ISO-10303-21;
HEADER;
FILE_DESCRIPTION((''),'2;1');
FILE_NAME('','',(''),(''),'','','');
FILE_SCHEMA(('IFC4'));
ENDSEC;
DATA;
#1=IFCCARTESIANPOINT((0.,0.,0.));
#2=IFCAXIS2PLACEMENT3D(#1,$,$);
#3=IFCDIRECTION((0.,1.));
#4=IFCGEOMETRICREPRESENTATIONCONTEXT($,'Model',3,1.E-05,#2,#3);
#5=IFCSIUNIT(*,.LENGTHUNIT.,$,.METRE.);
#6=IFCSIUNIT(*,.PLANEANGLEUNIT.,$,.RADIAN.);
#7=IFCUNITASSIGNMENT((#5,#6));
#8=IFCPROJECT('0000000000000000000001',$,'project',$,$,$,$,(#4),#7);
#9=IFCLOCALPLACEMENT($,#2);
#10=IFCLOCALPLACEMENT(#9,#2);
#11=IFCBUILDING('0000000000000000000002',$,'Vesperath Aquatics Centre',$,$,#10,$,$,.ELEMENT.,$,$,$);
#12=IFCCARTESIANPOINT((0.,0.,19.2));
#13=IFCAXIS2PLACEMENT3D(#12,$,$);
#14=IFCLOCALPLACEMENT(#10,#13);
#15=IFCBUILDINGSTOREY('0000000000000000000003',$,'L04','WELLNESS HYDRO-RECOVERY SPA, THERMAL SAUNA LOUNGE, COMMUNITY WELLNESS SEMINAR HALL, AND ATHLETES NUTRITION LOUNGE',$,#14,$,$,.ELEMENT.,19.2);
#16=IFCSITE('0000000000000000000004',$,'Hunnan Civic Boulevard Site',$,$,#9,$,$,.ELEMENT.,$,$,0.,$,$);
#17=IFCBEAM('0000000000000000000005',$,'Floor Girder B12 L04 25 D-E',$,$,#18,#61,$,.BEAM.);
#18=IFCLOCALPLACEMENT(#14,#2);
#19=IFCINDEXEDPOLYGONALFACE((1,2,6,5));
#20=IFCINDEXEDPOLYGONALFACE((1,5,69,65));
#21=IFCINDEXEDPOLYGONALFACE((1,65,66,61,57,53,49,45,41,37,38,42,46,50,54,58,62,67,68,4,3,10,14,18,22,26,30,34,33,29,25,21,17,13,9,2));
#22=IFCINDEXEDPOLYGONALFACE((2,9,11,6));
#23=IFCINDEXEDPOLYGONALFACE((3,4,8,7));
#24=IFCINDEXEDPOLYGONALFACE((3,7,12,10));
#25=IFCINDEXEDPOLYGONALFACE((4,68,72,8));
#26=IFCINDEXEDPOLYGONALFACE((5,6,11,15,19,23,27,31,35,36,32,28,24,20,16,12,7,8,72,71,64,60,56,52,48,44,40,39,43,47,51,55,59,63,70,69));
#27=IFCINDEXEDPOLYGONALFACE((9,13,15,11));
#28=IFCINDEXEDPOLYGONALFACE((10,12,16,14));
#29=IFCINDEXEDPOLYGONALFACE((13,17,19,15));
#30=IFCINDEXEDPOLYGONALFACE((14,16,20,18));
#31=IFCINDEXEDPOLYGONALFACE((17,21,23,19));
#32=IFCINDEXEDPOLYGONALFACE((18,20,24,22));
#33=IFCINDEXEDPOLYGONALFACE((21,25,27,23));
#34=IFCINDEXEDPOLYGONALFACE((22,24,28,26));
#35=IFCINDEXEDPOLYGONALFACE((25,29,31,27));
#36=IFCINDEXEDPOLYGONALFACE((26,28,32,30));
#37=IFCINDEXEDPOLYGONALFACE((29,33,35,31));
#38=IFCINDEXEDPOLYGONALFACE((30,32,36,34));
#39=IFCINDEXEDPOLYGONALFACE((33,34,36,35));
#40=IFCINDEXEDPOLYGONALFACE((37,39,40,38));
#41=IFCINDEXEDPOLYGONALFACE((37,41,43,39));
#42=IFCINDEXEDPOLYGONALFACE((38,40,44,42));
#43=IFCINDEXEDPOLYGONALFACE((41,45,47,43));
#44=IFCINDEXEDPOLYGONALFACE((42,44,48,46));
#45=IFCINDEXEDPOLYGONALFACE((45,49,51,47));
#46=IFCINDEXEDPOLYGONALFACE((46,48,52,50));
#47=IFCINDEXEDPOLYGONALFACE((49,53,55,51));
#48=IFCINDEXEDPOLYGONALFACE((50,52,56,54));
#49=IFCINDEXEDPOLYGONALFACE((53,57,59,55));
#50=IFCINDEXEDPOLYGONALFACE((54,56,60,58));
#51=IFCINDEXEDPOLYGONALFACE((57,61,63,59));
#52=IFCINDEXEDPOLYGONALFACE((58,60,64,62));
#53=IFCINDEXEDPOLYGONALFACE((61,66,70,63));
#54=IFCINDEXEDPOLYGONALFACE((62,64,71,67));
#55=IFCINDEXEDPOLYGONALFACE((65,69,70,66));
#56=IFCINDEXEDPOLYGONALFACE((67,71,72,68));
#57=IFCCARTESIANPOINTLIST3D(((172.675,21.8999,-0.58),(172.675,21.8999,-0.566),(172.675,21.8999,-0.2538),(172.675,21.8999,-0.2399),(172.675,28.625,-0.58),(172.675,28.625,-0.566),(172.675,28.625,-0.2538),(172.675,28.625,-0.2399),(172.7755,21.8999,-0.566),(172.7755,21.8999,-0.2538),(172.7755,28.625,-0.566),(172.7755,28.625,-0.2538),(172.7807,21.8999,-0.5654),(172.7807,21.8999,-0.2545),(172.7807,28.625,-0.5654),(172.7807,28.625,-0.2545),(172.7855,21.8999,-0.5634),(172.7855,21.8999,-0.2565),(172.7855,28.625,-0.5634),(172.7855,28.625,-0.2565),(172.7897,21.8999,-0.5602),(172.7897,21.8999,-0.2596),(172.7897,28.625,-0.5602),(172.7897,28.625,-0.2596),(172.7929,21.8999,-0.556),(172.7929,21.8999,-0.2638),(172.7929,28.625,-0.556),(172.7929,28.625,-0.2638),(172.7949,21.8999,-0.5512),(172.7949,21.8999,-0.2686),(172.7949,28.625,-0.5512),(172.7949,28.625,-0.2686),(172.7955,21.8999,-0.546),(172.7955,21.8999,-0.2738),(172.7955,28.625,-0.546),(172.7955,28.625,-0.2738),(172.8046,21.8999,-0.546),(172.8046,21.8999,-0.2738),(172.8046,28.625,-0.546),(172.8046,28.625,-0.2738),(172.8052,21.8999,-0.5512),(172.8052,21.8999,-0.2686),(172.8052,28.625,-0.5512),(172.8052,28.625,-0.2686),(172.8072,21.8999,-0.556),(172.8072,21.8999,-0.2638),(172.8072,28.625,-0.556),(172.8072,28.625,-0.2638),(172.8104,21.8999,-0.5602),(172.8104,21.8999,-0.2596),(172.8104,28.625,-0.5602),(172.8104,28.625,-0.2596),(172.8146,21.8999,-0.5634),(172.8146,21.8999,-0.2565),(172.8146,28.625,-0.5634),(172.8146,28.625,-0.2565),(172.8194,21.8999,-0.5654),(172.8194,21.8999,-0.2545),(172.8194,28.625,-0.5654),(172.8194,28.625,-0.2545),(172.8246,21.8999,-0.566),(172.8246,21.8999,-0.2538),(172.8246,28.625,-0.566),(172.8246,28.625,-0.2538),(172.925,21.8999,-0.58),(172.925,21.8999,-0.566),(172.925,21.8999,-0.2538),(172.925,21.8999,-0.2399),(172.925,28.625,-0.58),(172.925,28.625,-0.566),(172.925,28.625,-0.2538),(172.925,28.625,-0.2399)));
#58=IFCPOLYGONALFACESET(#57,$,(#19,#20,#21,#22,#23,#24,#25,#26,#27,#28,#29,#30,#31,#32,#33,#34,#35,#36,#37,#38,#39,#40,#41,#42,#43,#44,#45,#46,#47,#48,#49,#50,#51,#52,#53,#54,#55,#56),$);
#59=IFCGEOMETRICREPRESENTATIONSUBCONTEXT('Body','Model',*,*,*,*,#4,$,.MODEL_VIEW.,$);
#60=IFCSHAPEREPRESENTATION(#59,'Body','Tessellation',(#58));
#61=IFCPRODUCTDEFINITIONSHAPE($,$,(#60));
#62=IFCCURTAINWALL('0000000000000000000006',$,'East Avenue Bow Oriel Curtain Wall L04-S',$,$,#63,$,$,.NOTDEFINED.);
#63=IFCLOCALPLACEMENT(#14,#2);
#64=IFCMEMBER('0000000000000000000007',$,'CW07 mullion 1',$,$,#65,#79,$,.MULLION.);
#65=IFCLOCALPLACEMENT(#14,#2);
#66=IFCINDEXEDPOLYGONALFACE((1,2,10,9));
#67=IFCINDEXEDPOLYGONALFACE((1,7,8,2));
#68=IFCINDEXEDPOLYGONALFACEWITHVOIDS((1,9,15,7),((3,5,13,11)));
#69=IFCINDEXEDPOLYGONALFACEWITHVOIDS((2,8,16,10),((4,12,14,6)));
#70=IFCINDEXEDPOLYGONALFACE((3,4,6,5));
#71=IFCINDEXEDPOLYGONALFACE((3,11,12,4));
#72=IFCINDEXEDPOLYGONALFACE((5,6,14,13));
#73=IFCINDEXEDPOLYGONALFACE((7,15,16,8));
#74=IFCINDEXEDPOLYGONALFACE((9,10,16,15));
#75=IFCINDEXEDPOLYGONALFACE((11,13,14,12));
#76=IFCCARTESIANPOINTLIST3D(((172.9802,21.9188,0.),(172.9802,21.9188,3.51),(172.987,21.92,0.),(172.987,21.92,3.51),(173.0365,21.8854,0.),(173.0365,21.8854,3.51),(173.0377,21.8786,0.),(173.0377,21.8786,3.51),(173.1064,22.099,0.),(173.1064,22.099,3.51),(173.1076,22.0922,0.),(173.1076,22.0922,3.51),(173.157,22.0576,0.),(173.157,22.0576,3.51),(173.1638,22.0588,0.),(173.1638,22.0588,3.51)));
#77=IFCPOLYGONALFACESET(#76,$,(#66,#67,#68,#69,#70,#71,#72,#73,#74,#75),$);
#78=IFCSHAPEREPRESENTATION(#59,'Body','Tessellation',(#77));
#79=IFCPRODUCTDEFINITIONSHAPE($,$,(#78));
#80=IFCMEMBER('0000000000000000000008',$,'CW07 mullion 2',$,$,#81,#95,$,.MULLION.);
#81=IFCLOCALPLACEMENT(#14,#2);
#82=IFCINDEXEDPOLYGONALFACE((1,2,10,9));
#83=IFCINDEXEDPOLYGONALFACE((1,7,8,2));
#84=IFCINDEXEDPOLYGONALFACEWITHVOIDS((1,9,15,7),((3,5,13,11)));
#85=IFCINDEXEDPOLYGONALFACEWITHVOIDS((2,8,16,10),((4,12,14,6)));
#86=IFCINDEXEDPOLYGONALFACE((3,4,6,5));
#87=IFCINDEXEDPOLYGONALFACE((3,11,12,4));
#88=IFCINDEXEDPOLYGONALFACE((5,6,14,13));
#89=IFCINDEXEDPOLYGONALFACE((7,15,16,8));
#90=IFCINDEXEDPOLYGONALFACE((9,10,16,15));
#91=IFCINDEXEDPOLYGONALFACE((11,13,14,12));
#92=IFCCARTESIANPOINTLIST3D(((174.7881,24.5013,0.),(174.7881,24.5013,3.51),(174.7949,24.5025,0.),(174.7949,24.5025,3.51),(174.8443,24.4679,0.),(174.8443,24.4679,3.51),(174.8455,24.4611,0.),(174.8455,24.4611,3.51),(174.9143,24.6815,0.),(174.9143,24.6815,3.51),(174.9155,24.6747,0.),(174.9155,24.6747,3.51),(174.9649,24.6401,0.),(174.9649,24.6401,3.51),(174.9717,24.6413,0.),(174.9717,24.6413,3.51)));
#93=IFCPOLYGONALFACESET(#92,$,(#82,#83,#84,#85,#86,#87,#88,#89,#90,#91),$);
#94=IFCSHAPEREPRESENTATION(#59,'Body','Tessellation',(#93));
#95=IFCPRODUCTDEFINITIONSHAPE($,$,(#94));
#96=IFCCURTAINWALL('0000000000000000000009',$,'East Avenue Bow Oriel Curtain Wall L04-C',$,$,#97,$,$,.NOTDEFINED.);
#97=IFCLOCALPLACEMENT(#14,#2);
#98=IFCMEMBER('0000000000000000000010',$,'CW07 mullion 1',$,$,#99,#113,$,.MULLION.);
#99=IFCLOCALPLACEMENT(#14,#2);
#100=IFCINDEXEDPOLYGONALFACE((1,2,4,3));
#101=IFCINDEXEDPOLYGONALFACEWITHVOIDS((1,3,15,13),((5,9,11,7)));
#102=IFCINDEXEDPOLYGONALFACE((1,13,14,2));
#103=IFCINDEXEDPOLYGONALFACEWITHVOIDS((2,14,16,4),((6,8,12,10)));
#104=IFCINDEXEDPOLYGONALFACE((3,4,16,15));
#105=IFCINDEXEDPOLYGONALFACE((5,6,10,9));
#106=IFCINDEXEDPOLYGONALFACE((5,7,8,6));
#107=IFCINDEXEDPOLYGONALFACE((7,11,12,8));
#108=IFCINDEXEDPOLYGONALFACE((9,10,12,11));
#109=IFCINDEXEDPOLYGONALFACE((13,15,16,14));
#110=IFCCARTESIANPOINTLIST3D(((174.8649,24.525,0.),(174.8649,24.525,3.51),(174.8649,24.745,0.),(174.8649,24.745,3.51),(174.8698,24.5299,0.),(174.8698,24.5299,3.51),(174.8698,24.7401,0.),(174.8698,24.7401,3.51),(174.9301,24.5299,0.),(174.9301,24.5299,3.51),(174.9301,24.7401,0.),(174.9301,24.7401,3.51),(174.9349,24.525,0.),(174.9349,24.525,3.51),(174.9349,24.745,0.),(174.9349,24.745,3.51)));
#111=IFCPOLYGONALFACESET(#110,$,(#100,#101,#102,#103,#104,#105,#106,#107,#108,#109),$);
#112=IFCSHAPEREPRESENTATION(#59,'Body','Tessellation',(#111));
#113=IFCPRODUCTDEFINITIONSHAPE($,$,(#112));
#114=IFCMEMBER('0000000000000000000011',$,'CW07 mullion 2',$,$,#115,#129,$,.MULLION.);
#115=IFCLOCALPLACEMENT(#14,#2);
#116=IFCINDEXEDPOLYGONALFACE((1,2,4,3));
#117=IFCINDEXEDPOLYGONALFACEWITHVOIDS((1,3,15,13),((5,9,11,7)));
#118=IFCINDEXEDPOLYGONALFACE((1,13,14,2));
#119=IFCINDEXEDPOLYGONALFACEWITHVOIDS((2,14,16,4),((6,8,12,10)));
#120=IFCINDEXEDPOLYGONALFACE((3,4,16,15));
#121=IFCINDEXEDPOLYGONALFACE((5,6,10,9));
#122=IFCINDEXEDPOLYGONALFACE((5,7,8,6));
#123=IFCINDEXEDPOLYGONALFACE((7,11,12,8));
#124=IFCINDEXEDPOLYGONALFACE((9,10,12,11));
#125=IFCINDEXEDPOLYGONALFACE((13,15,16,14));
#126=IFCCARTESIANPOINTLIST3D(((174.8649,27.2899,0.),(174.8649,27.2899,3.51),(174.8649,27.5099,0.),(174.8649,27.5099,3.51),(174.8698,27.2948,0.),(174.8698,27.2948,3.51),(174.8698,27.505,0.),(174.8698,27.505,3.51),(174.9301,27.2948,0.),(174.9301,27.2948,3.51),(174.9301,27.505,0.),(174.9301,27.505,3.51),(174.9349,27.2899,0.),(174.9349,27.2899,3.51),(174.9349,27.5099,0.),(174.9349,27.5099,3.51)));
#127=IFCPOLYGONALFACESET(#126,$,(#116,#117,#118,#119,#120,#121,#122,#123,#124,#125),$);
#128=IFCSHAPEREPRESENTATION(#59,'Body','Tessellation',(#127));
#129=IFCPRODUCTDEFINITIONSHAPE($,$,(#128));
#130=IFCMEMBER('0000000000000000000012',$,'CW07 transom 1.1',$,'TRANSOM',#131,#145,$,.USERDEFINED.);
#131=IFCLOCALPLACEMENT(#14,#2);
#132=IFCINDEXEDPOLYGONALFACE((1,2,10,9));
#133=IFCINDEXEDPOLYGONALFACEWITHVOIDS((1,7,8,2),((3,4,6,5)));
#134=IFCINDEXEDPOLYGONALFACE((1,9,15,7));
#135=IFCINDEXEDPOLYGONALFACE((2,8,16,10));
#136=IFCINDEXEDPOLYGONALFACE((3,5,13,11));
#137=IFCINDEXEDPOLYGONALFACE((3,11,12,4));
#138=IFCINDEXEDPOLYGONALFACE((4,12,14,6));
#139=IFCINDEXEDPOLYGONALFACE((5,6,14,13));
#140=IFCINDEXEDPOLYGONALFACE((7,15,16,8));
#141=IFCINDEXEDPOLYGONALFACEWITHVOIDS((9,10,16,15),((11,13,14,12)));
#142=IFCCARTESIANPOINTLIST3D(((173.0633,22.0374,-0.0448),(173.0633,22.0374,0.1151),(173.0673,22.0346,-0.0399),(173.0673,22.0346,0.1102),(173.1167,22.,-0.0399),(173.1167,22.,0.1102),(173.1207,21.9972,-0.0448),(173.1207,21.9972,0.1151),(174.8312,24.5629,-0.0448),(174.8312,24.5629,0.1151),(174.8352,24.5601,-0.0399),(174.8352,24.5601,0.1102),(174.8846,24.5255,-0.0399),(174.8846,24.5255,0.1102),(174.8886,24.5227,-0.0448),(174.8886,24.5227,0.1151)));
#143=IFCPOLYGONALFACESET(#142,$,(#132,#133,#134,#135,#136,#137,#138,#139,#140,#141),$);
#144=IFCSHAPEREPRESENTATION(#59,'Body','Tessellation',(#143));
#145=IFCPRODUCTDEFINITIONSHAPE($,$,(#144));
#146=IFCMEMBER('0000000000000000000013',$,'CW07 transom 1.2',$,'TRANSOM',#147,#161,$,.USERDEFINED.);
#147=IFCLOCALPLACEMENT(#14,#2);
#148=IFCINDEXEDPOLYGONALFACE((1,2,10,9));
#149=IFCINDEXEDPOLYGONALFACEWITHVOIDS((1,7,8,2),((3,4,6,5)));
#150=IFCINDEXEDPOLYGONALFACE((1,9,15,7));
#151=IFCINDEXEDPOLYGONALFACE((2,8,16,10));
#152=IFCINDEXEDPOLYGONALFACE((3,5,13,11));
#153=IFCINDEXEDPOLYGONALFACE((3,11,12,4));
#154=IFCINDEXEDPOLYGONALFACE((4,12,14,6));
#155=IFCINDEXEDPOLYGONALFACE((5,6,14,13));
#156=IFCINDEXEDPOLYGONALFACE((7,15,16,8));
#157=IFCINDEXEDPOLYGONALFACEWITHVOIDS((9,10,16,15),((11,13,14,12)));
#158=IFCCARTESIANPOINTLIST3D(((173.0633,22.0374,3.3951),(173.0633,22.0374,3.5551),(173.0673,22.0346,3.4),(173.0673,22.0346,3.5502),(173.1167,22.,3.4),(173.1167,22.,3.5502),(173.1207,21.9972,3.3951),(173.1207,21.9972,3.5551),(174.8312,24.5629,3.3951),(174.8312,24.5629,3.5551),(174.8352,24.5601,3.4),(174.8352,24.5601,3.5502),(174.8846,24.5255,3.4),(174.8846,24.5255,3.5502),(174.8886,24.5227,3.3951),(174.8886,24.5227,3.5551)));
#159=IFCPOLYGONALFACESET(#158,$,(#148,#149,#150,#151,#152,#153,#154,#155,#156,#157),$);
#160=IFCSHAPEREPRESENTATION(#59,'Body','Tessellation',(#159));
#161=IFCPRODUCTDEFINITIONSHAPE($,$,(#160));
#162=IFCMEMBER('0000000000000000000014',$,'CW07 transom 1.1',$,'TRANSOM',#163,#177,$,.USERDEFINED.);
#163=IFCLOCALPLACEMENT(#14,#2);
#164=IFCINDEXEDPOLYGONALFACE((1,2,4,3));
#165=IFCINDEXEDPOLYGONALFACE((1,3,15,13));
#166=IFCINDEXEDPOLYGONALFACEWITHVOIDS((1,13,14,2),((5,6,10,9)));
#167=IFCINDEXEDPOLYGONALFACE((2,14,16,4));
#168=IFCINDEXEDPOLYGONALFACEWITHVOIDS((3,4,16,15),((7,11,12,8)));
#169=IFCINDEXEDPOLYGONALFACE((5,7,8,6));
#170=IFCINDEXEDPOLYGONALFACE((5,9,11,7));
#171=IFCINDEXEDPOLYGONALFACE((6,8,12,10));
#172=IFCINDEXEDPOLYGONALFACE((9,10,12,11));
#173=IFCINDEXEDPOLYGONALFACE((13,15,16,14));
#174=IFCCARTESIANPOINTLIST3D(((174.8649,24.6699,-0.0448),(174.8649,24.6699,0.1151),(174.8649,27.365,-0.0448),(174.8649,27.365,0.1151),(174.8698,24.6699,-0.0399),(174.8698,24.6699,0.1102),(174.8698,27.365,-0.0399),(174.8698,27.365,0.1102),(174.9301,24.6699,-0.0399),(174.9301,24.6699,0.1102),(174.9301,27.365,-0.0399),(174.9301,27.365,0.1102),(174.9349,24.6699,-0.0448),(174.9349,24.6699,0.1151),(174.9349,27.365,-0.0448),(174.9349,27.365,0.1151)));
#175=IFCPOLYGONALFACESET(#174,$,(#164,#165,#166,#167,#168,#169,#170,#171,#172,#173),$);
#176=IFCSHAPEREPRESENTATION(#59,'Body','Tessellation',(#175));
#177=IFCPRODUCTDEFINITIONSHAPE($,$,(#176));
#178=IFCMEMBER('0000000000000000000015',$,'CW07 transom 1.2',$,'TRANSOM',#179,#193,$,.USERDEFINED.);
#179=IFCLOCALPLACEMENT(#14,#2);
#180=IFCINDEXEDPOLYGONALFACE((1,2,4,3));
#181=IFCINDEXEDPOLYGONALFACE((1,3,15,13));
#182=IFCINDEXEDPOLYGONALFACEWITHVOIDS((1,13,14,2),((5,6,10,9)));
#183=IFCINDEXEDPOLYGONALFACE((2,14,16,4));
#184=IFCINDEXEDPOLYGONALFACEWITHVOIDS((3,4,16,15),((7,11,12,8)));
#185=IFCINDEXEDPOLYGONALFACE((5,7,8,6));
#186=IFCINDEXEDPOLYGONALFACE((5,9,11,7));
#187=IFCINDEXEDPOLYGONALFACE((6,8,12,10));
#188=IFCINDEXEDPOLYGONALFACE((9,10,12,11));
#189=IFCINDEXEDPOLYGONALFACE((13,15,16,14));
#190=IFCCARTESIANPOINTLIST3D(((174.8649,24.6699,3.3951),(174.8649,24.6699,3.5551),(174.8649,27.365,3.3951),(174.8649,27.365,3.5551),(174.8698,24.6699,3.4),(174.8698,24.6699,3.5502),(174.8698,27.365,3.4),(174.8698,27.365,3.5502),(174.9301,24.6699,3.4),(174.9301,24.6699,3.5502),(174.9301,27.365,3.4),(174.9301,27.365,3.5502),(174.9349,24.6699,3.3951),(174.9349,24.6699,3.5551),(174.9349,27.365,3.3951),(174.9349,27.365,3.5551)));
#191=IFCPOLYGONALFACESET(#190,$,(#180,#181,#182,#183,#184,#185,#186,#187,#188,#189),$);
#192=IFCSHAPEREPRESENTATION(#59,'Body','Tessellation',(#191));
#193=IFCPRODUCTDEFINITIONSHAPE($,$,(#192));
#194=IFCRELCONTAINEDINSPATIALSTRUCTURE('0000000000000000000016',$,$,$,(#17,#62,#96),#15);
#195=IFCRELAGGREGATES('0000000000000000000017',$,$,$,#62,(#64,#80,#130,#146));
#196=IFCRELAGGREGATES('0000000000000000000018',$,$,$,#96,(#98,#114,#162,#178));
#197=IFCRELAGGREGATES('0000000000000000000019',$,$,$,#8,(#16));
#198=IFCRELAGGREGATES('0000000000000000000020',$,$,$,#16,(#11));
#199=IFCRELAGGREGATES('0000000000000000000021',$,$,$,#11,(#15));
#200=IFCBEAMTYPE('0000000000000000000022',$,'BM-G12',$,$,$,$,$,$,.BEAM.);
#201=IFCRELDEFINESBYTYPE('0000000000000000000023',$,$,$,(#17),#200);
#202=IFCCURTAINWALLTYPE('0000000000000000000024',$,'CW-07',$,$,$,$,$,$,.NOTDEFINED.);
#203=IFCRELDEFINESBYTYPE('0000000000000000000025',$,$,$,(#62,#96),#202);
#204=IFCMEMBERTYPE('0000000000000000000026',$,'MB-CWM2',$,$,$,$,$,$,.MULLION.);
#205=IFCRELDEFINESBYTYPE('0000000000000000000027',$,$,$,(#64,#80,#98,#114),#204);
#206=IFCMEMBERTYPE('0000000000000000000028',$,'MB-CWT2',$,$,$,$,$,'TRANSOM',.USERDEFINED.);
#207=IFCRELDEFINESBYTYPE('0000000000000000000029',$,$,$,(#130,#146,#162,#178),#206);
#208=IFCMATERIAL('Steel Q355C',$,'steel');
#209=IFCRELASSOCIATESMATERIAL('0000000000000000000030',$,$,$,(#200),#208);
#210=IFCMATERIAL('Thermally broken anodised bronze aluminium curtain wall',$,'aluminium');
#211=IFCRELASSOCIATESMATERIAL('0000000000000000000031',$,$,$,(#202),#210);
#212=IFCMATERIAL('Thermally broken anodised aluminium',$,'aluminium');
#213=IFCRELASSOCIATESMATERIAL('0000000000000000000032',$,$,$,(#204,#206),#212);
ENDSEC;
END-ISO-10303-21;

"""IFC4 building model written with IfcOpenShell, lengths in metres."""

from ifc_helpers import new_model, si_unit, direction, frame, origin, origin_2d, place, context, subcontext, project, spatial, hollow_rectangle, i_section, extrude, material, material_profile, profile_set, type_object, element, aggregate, save


model = new_model("IFC4")

# Units and contexts
model_context = context("Model", 3, precision=1e-05, world=origin(), true_north=direction((0.0, 1.0)))
body_context = subcontext(model_context, "Body", "Model", "MODEL_VIEW")
ifc_project = project(units=[si_unit("LENGTHUNIT", "METRE"), si_unit("PLANEANGLEUNIT", "RADIAN")], contexts=[model_context])

# Site, building, storey
site_placement = place(None, origin())
site = spatial("IfcSite", under=ifc_project, at=site_placement, Name="Hunnan Civic Boulevard Site", CompositionType="ELEMENT", RefElevation=0.0)
building_placement = place(site_placement, origin())
building = spatial("IfcBuilding", under=site, at=building_placement, Name="Vesperath Aquatics Centre", CompositionType="ELEMENT")
storey_placement = place(building_placement, frame((0.0, 0.0, 19.2)))
storey = spatial("IfcBuildingStorey", under=building, at=storey_placement, Name="L04", Description="WELLNESS HYDRO-RECOVERY SPA, THERMAL SAUNA LOUNGE, COMMUNITY WELLNESS SEMINAR HALL, AND ATHLETES NUTRITION LOUNGE", CompositionType="ELEMENT", Elevation=19.2)

# Shared definitions
ifc_material_1 = material(Name="Steel Q355C", Category="steel")

# Beam
ifc_material_profile_1 = material_profile(ifc_material_1, i_section(OverallWidth=0.25, OverallDepth=0.3401, WebThickness=0.009, FlangeThickness=0.0139, FilletRadius=0.02, at=origin_2d()), Name="HM 340x250x9x14")
ifc_profile_set_1 = profile_set([ifc_material_profile_1], Name="Steel Q355C")
beam_type_1 = type_object("IfcBeamType", Name="BM-G12", PredefinedType="BEAM", material=ifc_profile_set_1)
beam_1_placement = place(storey_placement, frame((172.8, 21.8999, -0.4099), z_axis=(0.0, 1.0, 0.0), x_axis=(-1.0, 0.0, 0.0)))
element("IfcBeam", 1, at=beam_1_placement, inside=storey, type_object=beam_type_1, Name="Floor Girder B12 L04 25 D-E", PredefinedType="BEAM", context=body_context, shape_type="SweptSolid", body=[
    extrude(i_section(OverallWidth=0.25, OverallDepth=0.3401, WebThickness=0.009, FlangeThickness=0.0139, FilletRadius=0.02, at=origin_2d()), origin(), (0.0, 0.0, 1.0), 6.7251),
])

# Curtain walls, members
ifc_material_2 = material(Name="Thermally broken anodised bronze aluminium curtain wall", Category="aluminium")
curtain_wall_type = type_object("IfcCurtainWallType", Name="CW-07", PredefinedType="NOTDEFINED", material=ifc_material_2)
curtain_wall_1_placement = place(storey_placement, origin())
curtain_wall_1 = element("IfcCurtainWall", 2, at=curtain_wall_1_placement, inside=storey, type_object=curtain_wall_type, Name="East Avenue Bow Oriel Curtain Wall L04-S", PredefinedType="NOTDEFINED")
ifc_material_3 = material(Name="Thermally broken anodised aluminium", Category="aluminium")
ifc_material_profile_2 = material_profile(ifc_material_3, hollow_rectangle(XDim=0.0701, YDim=0.22, WallThickness=0.0049, at=origin_2d()), Name="CWM 70x220x5")
ifc_profile_set_2 = profile_set([ifc_material_profile_2], Name="Thermally broken anodised aluminium")
member_type_1 = type_object("IfcMemberType", Name="MB-CWM2", PredefinedType="MULLION", material=ifc_profile_set_2)
member_1_placement = place(storey_placement, frame((173.072, 21.9888, 0.0), z_axis=(0.0, 0.0, 1.0), x_axis=(-0.819232, 0.573462, 0.0)))
member_1 = element("IfcMember", 3, at=member_1_placement, type_object=member_type_1, Name="CW07 mullion 1", PredefinedType="MULLION", context=body_context, shape_type="SweptSolid", body=[
    extrude(hollow_rectangle(XDim=0.0701, YDim=0.22, WallThickness=0.0049, at=origin_2d()), origin(), (0.0, 0.0, 1.0), 3.51),
])
member_2_placement = place(storey_placement, frame((174.8799, 24.5713, 0.0), z_axis=(0.0, 0.0, 1.0), x_axis=(-0.819232, 0.573462, 0.0)))
member_2 = element("IfcMember", 4, at=member_2_placement, type_object=member_type_1, Name="CW07 mullion 2", PredefinedType="MULLION", context=body_context, shape_type="SweptSolid", body=[
    extrude(hollow_rectangle(XDim=0.0701, YDim=0.22, WallThickness=0.0049, at=origin_2d()), origin(), (0.0, 0.0, 1.0), 3.51),
])
curtain_wall_2_placement = place(storey_placement, origin())
curtain_wall_2 = element("IfcCurtainWall", 5, at=curtain_wall_2_placement, inside=storey, type_object=curtain_wall_type, Name="East Avenue Bow Oriel Curtain Wall L04-C", PredefinedType="NOTDEFINED")
member_3_placement = place(storey_placement, frame((174.8999, 24.635, 0.0), z_axis=(0.0, 0.0, 1.0), x_axis=(-1.0, 0.0, 0.0)))
member_3 = element("IfcMember", 6, at=member_3_placement, type_object=member_type_1, Name="CW07 mullion 1", PredefinedType="MULLION", context=body_context, shape_type="SweptSolid", body=[
    extrude(hollow_rectangle(XDim=0.0701, YDim=0.22, WallThickness=0.0049, at=origin_2d()), origin(), (0.0, 0.0, 1.0), 3.51),
])
member_4_placement = place(storey_placement, frame((174.8999, 27.3999, 0.0), z_axis=(0.0, 0.0, 1.0), x_axis=(-1.0, 0.0, 0.0)))
member_4 = element("IfcMember", 7, at=member_4_placement, type_object=member_type_1, Name="CW07 mullion 2", PredefinedType="MULLION", context=body_context, shape_type="SweptSolid", body=[
    extrude(hollow_rectangle(XDim=0.0701, YDim=0.22, WallThickness=0.0049, at=origin_2d()), origin(), (0.0, 0.0, 1.0), 3.51),
])

# Members
ifc_material_profile_3 = material_profile(ifc_material_3, hollow_rectangle(XDim=0.0701, YDim=0.1599, WallThickness=0.0049, at=origin_2d()), Name="CWT 70x160x5")
ifc_profile_set_3 = profile_set([ifc_material_profile_3], Name="Thermally broken anodised aluminium")
member_type_2 = type_object("IfcMemberType", Name="MB-CWT2", ElementType="TRANSOM", PredefinedType="USERDEFINED", material=ifc_profile_set_3)
member_5_placement = place(storey_placement, frame((173.092, 22.0173, 0.0352), z_axis=(0.573473, 0.819224, 0.0), x_axis=(-0.819224, 0.573473, 0.0)))
member_5 = element("IfcMember", 8, at=member_5_placement, type_object=member_type_2, Name="CW07 transom 1.1", ObjectType="TRANSOM", PredefinedType="USERDEFINED", context=body_context, shape_type="SweptSolid", body=[
    extrude(hollow_rectangle(XDim=0.0701, YDim=0.1599, WallThickness=0.0049, at=origin_2d()), origin(), (0.0, 0.0, 1.0), 3.0828),
])
member_6_placement = place(storey_placement, frame((173.092, 22.0173, 3.4751), z_axis=(0.573473, 0.819224, 0.0), x_axis=(-0.819224, 0.573473, 0.0)))
member_6 = element("IfcMember", 9, at=member_6_placement, type_object=member_type_2, Name="CW07 transom 1.2", ObjectType="TRANSOM", PredefinedType="USERDEFINED", context=body_context, shape_type="SweptSolid", body=[
    extrude(hollow_rectangle(XDim=0.0701, YDim=0.1599, WallThickness=0.0049, at=origin_2d()), origin(), (0.0, 0.0, 1.0), 3.0828),
])
member_7_placement = place(storey_placement, frame((174.8999, 24.6699, 0.0352), z_axis=(0.0, 1.0, 0.0), x_axis=(-1.0, 0.0, 0.0)))
member_7 = element("IfcMember", 10, at=member_7_placement, type_object=member_type_2, Name="CW07 transom 1.1", ObjectType="TRANSOM", PredefinedType="USERDEFINED", context=body_context, shape_type="SweptSolid", body=[
    extrude(hollow_rectangle(XDim=0.0701, YDim=0.1599, WallThickness=0.0049, at=origin_2d()), origin(), (0.0, 0.0, 1.0), 2.6951),
])
member_8_placement = place(storey_placement, frame((174.8999, 24.6699, 3.4751), z_axis=(0.0, 1.0, 0.0), x_axis=(-1.0, 0.0, 0.0)))
member_8 = element("IfcMember", 11, at=member_8_placement, type_object=member_type_2, Name="CW07 transom 1.2", ObjectType="TRANSOM", PredefinedType="USERDEFINED", context=body_context, shape_type="SweptSolid", body=[
    extrude(hollow_rectangle(XDim=0.0701, YDim=0.1599, WallThickness=0.0049, at=origin_2d()), origin(), (0.0, 0.0, 1.0), 2.6951),
])

aggregate(curtain_wall_1, [member_1, member_2, member_5, member_6])
aggregate(curtain_wall_2, [member_3, member_4, member_7, member_8])

save(model, "model.ifc")
